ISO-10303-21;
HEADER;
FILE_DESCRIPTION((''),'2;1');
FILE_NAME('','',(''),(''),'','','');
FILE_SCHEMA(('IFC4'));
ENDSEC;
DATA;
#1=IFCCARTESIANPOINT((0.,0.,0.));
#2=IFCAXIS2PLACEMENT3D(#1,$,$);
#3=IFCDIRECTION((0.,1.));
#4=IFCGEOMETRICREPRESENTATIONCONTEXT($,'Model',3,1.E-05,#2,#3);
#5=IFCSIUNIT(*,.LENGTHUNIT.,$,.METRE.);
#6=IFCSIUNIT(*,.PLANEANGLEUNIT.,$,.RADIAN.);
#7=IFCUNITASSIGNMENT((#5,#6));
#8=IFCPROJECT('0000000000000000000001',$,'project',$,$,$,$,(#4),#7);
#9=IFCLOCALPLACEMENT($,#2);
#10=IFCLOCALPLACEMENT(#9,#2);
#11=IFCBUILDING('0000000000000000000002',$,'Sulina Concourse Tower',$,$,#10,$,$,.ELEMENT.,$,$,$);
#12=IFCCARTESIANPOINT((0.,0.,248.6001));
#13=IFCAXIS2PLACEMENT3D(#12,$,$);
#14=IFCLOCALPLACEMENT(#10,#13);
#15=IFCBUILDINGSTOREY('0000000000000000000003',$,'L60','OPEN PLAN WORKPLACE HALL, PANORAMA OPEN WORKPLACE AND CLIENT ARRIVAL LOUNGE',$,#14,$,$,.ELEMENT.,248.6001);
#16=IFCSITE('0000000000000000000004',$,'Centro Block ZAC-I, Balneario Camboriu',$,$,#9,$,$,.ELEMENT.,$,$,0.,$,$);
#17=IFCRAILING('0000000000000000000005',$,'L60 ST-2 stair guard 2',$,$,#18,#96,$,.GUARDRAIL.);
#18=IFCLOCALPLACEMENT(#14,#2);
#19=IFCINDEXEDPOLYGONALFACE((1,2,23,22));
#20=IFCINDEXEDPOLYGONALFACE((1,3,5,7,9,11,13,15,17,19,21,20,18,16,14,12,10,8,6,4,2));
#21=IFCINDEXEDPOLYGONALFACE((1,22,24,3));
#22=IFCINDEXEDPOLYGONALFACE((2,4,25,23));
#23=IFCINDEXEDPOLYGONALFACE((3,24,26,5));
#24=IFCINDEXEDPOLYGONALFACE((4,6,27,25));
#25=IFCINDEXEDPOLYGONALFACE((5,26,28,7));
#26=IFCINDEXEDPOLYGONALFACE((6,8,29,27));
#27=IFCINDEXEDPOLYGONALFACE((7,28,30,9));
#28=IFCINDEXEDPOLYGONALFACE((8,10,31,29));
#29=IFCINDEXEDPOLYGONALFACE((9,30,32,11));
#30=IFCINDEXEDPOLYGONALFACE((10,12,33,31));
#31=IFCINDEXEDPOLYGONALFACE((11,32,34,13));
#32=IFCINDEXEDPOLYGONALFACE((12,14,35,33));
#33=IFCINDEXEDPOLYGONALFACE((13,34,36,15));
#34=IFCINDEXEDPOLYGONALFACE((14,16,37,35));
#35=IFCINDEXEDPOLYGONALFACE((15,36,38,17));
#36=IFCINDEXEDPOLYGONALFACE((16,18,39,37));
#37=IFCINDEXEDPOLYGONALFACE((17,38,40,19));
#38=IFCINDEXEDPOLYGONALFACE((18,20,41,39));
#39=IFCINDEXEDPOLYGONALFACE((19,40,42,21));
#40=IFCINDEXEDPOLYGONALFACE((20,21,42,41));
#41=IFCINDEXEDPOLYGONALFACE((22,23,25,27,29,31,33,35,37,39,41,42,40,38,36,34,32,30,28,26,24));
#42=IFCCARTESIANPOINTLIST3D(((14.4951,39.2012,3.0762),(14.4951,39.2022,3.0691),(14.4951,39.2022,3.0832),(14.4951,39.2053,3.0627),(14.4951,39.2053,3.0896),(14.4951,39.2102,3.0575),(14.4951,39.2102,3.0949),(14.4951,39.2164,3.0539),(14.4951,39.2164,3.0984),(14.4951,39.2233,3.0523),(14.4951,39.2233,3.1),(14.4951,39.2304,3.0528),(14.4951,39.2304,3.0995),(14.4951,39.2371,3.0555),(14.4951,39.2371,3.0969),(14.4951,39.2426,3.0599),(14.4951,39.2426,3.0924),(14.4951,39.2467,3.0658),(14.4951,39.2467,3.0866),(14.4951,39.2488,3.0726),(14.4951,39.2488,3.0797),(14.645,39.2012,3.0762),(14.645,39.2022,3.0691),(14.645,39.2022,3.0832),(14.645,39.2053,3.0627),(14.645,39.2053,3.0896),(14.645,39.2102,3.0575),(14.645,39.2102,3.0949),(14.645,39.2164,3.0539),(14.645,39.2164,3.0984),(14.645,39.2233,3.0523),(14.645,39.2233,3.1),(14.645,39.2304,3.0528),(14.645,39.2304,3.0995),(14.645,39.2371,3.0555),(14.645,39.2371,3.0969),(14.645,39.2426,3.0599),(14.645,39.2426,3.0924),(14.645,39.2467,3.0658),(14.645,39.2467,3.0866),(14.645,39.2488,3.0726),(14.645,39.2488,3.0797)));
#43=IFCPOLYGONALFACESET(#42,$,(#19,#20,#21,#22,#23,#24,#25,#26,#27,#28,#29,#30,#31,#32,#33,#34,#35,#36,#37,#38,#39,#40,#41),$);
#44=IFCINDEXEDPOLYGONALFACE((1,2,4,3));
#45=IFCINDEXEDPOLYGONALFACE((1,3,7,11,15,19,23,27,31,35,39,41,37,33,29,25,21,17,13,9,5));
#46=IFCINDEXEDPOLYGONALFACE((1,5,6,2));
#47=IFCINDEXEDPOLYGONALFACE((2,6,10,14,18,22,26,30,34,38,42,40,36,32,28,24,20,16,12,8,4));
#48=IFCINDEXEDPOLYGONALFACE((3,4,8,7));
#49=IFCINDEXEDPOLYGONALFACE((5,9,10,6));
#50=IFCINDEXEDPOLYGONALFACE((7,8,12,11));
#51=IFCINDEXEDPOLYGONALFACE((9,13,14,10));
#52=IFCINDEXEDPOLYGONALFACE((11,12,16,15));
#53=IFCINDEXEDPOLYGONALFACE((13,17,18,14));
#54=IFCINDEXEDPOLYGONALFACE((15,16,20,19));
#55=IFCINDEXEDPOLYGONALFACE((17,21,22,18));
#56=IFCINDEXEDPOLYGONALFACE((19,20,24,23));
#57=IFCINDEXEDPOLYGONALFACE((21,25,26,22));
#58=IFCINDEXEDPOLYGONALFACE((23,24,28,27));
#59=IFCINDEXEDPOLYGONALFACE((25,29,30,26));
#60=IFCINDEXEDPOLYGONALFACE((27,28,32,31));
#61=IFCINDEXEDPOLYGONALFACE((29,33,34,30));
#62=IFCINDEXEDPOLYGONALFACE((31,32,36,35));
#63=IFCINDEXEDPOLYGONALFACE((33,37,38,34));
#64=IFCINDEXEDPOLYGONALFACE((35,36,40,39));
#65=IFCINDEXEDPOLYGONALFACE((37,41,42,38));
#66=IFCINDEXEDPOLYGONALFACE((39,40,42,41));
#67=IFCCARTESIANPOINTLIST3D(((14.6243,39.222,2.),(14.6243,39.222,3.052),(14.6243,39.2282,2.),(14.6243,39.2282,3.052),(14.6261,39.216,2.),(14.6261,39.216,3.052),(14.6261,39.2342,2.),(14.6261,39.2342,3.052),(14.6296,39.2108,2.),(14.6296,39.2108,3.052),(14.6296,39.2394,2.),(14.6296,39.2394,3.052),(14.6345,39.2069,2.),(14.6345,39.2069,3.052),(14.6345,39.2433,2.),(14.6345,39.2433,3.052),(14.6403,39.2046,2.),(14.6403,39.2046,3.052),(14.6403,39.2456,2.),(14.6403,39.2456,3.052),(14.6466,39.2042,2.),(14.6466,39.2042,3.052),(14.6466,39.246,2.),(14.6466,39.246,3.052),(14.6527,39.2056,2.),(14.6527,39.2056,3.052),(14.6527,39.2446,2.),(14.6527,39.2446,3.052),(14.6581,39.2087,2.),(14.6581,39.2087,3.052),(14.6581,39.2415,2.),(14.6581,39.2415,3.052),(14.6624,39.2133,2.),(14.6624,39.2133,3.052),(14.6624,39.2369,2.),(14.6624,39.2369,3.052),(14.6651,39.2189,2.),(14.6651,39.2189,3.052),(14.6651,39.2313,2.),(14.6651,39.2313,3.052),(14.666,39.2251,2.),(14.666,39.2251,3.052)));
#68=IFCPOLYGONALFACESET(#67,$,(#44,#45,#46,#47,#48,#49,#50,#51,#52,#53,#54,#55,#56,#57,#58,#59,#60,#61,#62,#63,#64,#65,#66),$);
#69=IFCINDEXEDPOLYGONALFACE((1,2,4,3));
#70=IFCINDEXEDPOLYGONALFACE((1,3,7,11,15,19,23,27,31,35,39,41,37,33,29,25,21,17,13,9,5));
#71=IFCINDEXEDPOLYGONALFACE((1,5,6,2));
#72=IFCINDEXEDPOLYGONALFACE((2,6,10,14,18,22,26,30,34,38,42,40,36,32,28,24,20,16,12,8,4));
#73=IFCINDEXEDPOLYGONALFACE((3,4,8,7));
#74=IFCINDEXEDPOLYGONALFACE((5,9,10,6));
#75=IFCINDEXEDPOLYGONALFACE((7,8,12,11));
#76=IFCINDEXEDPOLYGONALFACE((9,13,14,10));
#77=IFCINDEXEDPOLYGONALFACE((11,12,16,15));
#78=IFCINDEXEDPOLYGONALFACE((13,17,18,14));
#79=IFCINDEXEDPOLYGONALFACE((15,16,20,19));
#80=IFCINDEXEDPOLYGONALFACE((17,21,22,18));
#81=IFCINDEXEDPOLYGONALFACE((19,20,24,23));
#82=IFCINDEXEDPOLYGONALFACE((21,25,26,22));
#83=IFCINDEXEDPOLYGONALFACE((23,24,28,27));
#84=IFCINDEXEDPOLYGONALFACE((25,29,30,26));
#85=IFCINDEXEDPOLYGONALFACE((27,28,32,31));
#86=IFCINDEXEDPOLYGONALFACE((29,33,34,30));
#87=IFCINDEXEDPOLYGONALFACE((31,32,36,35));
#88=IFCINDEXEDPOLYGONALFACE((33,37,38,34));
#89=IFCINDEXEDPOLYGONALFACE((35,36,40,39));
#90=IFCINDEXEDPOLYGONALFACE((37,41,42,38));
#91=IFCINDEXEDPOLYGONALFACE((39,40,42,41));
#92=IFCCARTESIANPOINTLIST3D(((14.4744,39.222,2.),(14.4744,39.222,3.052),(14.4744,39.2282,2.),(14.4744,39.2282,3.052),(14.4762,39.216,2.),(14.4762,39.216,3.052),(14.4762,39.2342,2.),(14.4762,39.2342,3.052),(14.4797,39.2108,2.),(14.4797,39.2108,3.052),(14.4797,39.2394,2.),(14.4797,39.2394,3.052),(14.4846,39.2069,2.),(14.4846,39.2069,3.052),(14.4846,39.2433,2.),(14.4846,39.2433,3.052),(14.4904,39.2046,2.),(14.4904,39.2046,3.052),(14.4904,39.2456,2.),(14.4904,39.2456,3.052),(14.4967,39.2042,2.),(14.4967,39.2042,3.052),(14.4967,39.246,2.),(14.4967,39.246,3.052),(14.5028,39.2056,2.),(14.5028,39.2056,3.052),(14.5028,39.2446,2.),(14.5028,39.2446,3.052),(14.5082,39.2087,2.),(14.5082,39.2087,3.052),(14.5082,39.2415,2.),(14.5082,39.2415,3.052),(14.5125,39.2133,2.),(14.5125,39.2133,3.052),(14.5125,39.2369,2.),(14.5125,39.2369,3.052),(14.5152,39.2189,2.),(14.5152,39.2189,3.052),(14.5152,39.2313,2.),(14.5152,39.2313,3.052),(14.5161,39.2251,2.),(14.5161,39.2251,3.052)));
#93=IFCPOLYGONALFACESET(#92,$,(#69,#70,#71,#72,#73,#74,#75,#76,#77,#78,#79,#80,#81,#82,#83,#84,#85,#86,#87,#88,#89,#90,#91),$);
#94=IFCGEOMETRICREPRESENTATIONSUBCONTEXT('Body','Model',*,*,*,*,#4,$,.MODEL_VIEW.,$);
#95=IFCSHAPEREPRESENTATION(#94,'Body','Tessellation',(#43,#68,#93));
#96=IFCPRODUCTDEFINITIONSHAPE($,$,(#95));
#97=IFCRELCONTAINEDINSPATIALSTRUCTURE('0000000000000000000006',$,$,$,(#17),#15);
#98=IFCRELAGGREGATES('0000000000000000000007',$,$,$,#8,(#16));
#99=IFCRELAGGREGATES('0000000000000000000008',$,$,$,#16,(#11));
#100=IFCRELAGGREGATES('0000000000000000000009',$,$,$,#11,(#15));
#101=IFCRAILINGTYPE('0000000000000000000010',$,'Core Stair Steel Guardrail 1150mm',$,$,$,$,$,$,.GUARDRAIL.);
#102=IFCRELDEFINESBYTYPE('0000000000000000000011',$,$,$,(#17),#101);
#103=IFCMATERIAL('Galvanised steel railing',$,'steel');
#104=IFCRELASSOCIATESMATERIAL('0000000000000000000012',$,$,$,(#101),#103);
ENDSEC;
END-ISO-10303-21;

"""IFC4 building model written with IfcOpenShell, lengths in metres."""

from ifc_helpers import new_model, si_unit, direction, frame, origin, origin_2d, place, context, subcontext, project, spatial, circle, extrude, material, type_object, element, save


model = new_model("IFC4")

# Units and contexts
model_context = context("Model", 3, precision=1e-05, world=origin(), true_north=direction((0.0, 1.0)))
body_context = subcontext(model_context, "Body", "Model", "MODEL_VIEW")
ifc_project = project(units=[si_unit("LENGTHUNIT", "METRE"), si_unit("PLANEANGLEUNIT", "RADIAN")], contexts=[model_context])

# Site, building, storey
site_placement = place(None, origin())
site = spatial("IfcSite", under=ifc_project, at=site_placement, Name="Centro Block ZAC-I, Balneario Camboriu", CompositionType="ELEMENT", RefElevation=0.0)
building_placement = place(site_placement, origin())
building = spatial("IfcBuilding", under=site, at=building_placement, Name="Sulina Concourse Tower", CompositionType="ELEMENT")
storey_placement = place(building_placement, frame((0.0, 0.0, 248.6001)))
storey = spatial("IfcBuildingStorey", under=building, at=storey_placement, Name="L60", Description="OPEN PLAN WORKPLACE HALL, PANORAMA OPEN WORKPLACE AND CLIENT ARRIVAL LOUNGE", CompositionType="ELEMENT", Elevation=248.6001)

# Railing
ifc_material_1 = material(Name="Galvanised steel railing", Category="steel")
railing_type_1 = type_object("IfcRailingType", Name="Core Stair Steel Guardrail 1150mm", PredefinedType="GUARDRAIL", material=ifc_material_1)
railing_1_placement = place(storey_placement, frame((14.645, 39.2251, 2.0)))
element("IfcRailing", 1, at=railing_1_placement, inside=storey, type_object=railing_type_1, Name="L60 ST-2 stair guard 2", PredefinedType="GUARDRAIL", context=body_context, shape_type="SweptSolid", body=[
    extrude(circle(Radius=0.0239, at=origin_2d()), frame((0.0, 0.0, 1.0762), z_axis=(-1.0, 0.0, 0.0), x_axis=(0.0, -1.0, 0.0)), (0.0, 0.0, 1.0), 0.1499),
    extrude(circle(Radius=0.021, at=origin_2d()), origin(), (0.0, 0.0, 1.0), 1.052),
    extrude(circle(Radius=0.021, at=origin_2d()), frame((-0.1499, 0.0, 0.0)), (0.0, 0.0, 1.0), 1.052),
])

save(model, "model.ifc")
